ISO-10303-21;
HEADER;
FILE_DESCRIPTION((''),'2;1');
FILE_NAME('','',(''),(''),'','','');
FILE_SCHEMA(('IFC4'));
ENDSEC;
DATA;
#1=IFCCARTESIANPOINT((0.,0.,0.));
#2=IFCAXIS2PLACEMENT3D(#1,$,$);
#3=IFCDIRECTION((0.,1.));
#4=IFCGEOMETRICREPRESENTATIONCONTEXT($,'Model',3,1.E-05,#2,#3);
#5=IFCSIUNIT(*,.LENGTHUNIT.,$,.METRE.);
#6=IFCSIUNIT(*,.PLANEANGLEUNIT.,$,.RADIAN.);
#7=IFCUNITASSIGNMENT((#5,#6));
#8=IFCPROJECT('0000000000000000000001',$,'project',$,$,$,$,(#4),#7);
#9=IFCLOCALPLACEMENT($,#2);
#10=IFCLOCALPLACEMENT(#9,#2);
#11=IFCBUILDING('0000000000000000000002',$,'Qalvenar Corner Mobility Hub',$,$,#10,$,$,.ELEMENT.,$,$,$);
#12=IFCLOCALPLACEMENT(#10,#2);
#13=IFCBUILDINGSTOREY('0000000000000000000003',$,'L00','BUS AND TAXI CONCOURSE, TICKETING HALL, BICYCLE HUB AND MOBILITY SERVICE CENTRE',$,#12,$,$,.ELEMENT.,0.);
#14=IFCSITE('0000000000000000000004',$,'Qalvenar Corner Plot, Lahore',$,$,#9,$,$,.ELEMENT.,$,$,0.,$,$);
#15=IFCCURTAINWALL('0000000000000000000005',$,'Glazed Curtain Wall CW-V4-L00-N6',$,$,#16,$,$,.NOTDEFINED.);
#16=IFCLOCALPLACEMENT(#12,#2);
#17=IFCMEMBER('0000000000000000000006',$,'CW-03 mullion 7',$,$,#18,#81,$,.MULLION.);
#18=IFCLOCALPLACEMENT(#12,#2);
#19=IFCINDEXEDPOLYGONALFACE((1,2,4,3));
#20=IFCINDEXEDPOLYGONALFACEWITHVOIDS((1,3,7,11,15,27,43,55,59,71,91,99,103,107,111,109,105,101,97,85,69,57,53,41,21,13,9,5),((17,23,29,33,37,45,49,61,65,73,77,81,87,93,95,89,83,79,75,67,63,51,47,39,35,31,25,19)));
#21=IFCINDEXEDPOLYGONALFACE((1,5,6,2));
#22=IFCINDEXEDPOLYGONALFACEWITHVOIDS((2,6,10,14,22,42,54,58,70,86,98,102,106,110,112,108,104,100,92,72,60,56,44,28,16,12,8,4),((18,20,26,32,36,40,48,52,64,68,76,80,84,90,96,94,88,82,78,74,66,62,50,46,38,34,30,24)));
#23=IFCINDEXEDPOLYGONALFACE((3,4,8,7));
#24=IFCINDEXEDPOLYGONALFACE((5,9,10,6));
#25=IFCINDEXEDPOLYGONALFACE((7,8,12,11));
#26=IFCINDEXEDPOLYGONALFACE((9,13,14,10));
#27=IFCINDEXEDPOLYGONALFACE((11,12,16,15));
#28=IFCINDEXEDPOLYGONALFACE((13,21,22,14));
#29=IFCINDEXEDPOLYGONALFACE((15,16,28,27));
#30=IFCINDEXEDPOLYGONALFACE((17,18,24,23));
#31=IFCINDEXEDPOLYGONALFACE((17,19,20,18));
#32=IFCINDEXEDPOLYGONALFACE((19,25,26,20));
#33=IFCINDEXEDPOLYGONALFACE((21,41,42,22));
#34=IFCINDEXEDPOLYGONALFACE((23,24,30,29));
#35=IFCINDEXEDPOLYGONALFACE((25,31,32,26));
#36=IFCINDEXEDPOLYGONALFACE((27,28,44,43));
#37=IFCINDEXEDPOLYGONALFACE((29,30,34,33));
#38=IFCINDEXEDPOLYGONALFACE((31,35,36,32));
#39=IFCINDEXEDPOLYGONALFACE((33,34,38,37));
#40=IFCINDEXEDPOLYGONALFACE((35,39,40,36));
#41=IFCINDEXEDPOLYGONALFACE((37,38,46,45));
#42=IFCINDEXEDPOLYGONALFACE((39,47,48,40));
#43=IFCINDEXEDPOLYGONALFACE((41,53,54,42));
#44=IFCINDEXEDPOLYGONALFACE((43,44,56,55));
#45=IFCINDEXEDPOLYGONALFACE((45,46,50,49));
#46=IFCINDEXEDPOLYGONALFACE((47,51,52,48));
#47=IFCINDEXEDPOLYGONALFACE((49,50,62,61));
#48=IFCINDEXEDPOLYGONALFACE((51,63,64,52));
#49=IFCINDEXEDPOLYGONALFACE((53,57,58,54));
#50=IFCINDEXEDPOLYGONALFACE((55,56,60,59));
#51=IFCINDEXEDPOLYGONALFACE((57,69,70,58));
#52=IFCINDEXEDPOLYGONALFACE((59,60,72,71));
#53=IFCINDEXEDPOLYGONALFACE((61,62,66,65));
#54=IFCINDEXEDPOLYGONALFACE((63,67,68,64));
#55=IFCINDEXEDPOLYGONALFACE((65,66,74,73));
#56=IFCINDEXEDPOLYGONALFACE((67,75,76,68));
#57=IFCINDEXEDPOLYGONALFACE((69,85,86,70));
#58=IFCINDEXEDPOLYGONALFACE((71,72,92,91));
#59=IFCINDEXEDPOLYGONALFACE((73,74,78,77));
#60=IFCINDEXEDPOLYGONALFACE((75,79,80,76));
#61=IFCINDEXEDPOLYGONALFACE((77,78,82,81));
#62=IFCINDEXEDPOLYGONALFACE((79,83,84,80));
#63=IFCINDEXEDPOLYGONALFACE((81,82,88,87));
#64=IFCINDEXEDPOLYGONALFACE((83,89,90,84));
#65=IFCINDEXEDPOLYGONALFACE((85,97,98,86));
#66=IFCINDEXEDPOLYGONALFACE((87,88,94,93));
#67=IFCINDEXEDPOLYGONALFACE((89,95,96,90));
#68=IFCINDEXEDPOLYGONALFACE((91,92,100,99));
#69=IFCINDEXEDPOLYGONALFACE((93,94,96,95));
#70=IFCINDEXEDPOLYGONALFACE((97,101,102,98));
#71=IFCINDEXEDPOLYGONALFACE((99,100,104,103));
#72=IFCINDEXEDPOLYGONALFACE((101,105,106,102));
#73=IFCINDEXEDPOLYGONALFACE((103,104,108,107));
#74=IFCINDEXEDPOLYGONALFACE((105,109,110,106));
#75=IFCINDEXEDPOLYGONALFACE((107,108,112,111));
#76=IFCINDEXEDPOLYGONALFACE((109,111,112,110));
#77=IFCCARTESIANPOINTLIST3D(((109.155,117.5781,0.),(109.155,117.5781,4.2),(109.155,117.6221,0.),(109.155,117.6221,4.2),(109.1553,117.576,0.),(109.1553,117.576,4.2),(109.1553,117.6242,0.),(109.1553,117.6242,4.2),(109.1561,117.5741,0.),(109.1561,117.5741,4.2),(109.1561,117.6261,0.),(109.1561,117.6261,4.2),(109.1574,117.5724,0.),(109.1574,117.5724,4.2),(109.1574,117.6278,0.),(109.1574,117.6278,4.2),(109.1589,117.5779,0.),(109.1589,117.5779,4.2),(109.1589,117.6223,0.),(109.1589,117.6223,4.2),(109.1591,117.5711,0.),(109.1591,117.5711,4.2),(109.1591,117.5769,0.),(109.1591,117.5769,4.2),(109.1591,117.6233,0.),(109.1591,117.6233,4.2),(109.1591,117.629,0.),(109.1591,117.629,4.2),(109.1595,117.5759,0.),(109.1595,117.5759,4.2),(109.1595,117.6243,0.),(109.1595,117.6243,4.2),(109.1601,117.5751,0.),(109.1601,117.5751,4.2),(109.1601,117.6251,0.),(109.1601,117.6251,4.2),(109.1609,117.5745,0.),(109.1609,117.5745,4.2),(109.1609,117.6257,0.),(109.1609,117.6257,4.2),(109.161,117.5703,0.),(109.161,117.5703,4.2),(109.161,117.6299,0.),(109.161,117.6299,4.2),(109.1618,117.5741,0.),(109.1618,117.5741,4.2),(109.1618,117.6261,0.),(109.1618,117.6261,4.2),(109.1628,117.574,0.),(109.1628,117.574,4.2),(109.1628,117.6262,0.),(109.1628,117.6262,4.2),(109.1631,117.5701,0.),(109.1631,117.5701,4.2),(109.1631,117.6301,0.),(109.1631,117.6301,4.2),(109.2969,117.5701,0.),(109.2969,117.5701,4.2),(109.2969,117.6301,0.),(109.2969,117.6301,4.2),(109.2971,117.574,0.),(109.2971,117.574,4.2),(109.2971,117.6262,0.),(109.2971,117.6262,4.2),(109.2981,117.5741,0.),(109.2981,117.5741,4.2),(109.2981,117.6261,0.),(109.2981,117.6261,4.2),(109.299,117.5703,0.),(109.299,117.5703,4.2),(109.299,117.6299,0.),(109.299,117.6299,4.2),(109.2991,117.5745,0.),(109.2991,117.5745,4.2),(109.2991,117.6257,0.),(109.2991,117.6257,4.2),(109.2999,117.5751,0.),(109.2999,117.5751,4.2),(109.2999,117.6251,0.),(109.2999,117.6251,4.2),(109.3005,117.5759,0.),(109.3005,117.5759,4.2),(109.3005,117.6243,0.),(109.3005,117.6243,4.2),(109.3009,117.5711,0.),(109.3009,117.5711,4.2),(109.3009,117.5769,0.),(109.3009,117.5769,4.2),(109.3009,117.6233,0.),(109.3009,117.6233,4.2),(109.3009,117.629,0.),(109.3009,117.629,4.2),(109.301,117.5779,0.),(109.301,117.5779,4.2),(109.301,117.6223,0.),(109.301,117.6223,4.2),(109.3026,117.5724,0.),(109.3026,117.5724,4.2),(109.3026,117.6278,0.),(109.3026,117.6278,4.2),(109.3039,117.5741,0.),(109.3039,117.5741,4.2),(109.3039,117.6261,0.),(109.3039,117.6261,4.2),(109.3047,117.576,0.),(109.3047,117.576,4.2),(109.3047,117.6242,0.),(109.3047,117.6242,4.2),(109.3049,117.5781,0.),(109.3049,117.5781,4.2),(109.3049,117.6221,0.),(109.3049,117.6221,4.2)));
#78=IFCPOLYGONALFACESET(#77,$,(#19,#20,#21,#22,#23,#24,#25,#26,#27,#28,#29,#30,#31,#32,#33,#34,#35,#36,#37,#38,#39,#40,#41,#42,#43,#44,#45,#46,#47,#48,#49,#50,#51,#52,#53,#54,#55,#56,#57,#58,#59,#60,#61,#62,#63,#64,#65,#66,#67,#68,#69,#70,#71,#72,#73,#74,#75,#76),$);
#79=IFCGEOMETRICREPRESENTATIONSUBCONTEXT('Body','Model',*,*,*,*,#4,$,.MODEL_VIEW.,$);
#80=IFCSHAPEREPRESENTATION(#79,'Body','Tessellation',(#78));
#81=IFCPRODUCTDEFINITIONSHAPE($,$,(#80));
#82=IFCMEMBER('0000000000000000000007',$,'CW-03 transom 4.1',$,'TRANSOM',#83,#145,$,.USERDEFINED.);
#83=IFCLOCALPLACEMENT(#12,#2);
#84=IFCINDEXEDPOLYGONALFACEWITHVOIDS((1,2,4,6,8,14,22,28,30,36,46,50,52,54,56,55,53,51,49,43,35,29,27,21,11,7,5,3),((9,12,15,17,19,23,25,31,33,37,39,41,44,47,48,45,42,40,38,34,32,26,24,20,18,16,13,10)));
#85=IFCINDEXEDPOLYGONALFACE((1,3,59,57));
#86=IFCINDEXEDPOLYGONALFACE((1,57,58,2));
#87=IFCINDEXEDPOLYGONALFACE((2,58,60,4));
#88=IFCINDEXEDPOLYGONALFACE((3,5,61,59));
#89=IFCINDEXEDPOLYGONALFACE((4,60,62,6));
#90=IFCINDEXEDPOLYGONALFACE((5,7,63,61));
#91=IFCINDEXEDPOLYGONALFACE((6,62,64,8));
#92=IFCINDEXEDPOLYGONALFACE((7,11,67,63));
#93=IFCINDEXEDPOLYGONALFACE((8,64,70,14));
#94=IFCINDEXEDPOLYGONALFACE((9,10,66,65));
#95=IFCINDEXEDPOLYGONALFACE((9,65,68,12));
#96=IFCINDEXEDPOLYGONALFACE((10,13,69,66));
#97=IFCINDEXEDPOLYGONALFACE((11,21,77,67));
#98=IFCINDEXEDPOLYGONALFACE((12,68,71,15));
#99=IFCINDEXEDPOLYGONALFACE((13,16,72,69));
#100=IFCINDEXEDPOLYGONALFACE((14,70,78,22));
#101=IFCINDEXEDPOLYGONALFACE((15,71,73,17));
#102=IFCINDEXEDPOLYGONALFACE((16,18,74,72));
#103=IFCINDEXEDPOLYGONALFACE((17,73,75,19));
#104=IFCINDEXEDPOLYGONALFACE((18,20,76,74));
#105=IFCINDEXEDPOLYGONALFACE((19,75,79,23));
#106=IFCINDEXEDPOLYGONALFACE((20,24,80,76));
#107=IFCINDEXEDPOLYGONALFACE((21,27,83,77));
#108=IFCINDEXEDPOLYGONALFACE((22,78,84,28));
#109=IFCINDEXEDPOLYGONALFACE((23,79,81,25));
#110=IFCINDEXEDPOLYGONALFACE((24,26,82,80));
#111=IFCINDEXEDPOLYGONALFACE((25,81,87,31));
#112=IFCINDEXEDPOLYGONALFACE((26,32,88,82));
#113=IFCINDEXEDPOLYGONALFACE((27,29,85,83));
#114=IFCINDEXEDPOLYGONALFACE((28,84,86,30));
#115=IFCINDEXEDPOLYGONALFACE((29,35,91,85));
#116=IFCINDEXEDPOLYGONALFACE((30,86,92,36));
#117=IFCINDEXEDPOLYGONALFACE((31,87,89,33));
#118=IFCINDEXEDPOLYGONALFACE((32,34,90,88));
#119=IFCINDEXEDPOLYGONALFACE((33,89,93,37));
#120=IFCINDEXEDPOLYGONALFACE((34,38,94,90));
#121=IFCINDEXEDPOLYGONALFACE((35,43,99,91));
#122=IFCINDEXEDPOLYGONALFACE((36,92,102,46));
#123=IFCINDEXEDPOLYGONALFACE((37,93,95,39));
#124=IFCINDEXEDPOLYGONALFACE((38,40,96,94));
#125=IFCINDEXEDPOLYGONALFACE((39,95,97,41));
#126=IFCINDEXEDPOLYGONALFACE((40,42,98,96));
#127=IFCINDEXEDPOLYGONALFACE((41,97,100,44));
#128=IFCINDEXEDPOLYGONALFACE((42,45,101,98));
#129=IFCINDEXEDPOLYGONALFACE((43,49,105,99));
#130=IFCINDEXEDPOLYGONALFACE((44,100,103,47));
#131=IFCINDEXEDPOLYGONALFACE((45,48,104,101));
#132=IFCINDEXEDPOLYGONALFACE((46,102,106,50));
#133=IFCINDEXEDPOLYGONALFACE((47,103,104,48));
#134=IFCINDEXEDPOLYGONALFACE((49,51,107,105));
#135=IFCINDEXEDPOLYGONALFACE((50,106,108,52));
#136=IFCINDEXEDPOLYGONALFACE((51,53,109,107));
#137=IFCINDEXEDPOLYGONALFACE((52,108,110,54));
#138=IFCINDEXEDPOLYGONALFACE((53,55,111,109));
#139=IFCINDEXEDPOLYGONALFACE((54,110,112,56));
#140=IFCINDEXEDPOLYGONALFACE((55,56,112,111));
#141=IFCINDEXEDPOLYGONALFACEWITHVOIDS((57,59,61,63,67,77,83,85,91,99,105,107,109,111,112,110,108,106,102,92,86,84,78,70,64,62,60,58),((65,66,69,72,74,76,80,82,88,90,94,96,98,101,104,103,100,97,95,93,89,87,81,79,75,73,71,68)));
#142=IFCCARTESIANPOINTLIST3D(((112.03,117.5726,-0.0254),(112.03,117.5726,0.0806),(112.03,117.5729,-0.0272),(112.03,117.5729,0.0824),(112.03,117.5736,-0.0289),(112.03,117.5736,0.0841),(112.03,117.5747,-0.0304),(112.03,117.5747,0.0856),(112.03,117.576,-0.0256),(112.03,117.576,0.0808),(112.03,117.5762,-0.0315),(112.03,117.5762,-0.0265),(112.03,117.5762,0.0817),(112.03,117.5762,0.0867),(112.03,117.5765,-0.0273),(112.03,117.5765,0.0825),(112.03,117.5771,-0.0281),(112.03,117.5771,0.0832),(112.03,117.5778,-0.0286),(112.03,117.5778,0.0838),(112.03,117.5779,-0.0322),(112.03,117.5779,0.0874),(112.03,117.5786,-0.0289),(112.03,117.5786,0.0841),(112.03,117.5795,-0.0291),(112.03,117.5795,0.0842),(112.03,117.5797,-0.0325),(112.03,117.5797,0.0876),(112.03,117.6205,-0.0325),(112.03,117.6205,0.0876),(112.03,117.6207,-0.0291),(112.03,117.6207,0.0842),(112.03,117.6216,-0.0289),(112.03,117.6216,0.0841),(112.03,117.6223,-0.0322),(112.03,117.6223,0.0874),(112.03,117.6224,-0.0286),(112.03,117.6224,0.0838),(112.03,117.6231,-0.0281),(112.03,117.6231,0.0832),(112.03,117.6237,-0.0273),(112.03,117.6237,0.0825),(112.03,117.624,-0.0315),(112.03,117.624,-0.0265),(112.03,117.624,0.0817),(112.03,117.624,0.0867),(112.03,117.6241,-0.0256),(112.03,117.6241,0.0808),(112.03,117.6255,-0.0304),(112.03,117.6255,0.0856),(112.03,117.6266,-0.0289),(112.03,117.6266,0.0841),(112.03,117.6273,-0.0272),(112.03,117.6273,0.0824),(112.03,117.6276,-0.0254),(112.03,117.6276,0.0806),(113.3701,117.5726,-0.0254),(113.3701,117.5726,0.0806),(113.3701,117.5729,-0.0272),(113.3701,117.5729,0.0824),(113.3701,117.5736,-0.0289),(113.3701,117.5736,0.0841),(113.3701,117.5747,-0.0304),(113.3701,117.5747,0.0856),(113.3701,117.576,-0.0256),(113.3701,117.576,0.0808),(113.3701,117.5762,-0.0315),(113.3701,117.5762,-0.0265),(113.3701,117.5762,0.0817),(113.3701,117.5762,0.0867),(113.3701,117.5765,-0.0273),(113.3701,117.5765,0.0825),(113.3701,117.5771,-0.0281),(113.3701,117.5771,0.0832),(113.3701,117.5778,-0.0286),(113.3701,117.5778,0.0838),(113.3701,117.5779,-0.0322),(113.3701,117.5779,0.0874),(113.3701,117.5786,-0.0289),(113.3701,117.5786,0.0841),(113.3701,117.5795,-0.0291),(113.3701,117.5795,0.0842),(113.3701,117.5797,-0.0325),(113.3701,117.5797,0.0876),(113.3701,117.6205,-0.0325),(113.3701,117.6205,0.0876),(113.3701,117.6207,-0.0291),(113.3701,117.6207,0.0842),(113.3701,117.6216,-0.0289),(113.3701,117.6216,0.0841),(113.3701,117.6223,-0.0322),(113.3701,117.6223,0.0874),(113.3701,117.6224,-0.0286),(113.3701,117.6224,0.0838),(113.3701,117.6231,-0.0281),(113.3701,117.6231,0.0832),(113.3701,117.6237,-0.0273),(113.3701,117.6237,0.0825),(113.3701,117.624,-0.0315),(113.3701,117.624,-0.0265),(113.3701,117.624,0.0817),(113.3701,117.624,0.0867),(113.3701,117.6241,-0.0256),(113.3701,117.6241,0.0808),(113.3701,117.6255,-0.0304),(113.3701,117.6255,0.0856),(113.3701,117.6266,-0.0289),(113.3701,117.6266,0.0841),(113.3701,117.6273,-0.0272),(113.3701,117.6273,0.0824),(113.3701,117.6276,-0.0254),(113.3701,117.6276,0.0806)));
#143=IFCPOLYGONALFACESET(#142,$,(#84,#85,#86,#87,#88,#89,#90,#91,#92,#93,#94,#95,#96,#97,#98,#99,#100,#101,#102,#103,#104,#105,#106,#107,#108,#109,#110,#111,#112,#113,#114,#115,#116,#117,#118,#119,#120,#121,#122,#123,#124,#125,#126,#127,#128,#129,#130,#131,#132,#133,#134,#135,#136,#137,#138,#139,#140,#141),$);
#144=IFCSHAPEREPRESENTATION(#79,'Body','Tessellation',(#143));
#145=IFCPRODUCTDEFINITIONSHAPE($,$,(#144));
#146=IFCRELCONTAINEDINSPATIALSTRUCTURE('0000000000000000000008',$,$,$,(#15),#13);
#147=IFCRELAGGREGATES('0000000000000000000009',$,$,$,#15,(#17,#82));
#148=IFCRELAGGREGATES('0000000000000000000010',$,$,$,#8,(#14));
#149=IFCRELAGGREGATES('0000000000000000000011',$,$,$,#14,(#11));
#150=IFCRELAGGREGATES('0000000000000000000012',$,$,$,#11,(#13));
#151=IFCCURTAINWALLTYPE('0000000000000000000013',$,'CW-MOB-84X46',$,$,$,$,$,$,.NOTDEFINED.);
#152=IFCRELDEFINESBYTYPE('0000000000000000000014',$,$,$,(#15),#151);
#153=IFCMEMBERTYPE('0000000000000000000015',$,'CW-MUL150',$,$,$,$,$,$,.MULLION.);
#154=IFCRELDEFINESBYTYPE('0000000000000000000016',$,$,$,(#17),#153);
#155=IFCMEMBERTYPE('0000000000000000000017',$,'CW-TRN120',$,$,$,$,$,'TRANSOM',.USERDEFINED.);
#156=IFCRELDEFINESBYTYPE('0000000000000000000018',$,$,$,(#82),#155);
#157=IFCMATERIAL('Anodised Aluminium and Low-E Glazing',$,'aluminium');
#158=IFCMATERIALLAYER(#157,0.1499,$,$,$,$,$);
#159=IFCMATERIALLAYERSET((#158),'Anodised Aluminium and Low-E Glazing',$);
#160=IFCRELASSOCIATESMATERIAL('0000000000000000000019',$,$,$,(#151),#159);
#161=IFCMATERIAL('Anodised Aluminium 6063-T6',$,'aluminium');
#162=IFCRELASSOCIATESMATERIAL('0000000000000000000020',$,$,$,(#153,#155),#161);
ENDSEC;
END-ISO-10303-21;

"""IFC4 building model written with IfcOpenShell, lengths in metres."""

from ifc_helpers import new_model, si_unit, direction, frame, origin, origin_2d, place, context, subcontext, project, spatial, hollow_rectangle, extrude, material, layer, layer_set, material_profile, profile_set, type_object, element, aggregate, save


model = new_model("IFC4")

# Units and contexts
model_context = context("Model", 3, precision=1e-05, world=origin(), true_north=direction((0.0, 1.0)))
body_context = subcontext(model_context, "Body", "Model", "MODEL_VIEW")
ifc_project = project(units=[si_unit("LENGTHUNIT", "METRE"), si_unit("PLANEANGLEUNIT", "RADIAN")], contexts=[model_context])

# Site, building, storey
site_placement = place(None, origin())
site = spatial("IfcSite", under=ifc_project, at=site_placement, Name="Qalvenar Corner Plot, Lahore", CompositionType="ELEMENT", RefElevation=0.0)
building_placement = place(site_placement, origin())
building = spatial("IfcBuilding", under=site, at=building_placement, Name="Qalvenar Corner Mobility Hub", CompositionType="ELEMENT")
storey_placement = place(building_placement, origin())
storey = spatial("IfcBuildingStorey", under=building, at=storey_placement, Name="L00", Description="BUS AND TAXI CONCOURSE, TICKETING HALL, BICYCLE HUB AND MOBILITY SERVICE CENTRE", CompositionType="ELEMENT", Elevation=0.0)

# Curtain wall, members
ifc_material_1 = material(Name="Anodised Aluminium and Low-E Glazing", Category="aluminium")
ifc_layer_1 = layer(ifc_material_1, 0.1499)
ifc_layer_set_1 = layer_set([ifc_layer_1], Name="Anodised Aluminium and Low-E Glazing")
curtain_wall_type = type_object("IfcCurtainWallType", Name="CW-MOB-84X46", PredefinedType="NOTDEFINED", material=ifc_layer_set_1)
curtain_wall_placement = place(storey_placement, origin())
curtain_wall = element("IfcCurtainWall", 1, at=curtain_wall_placement, inside=storey, type_object=curtain_wall_type, Name="Glazed Curtain Wall CW-V4-L00-N6", PredefinedType="NOTDEFINED")
ifc_material_2 = material(Name="Anodised Aluminium 6063-T6", Category="aluminium")
ifc_material_profile_1 = material_profile(ifc_material_2, hollow_rectangle(XDim=0.0601, YDim=0.1499, WallThickness=0.0039, InnerFilletRadius=0.0039, OuterFilletRadius=0.0081, at=origin_2d()), Name="RHS150x60x4")
ifc_profile_set_1 = profile_set([ifc_material_profile_1], Name="Anodised Aluminium 6063-T6")
member_type_1 = type_object("IfcMemberType", Name="CW-MUL150", PredefinedType="MULLION", material=ifc_profile_set_1)
member_1_placement = place(storey_placement, frame((109.23, 117.6001, 0.0), z_axis=(0.0, 0.0, 1.0), x_axis=(0.0, -1.0, 0.0)))
member_1 = element("IfcMember", 2, at=member_1_placement, type_object=member_type_1, Name="CW-03 mullion 7", PredefinedType="MULLION", context=body_context, shape_type="SweptSolid", body=[
    extrude(hollow_rectangle(XDim=0.0601, YDim=0.1499, WallThickness=0.0039, InnerFilletRadius=0.0039, OuterFilletRadius=0.0081, at=origin_2d()), origin(), (0.0, 0.0, 1.0), 4.2),
])
ifc_material_profile_2 = material_profile(ifc_material_2, hollow_rectangle(XDim=0.0549, YDim=0.1201, WallThickness=0.0034, InnerFilletRadius=0.0034, OuterFilletRadius=0.0071, at=origin_2d()), Name="RHS120x55x3.5")
ifc_profile_set_2 = profile_set([ifc_material_profile_2], Name="Anodised Aluminium 6063-T6")
member_type_2 = type_object("IfcMemberType", Name="CW-TRN120", ElementType="TRANSOM", PredefinedType="USERDEFINED", material=ifc_profile_set_2)
member_2_placement = place(storey_placement, frame((113.3701, 117.6001, 0.0276), z_axis=(-1.0, 0.0, 0.0), x_axis=(0.0, -1.0, 0.0)))
member_2 = element("IfcMember", 3, at=member_2_placement, type_object=member_type_2, Name="CW-03 transom 4.1", ObjectType="TRANSOM", PredefinedType="USERDEFINED", context=body_context, shape_type="SweptSolid", body=[
    extrude(hollow_rectangle(XDim=0.0549, YDim=0.1201, WallThickness=0.0034, InnerFilletRadius=0.0034, OuterFilletRadius=0.0071, at=origin_2d()), origin(), (0.0, 0.0, 1.0), 1.3401),
])
aggregate(curtain_wall, [member_1, member_2])

save(model, "model.ifc")
